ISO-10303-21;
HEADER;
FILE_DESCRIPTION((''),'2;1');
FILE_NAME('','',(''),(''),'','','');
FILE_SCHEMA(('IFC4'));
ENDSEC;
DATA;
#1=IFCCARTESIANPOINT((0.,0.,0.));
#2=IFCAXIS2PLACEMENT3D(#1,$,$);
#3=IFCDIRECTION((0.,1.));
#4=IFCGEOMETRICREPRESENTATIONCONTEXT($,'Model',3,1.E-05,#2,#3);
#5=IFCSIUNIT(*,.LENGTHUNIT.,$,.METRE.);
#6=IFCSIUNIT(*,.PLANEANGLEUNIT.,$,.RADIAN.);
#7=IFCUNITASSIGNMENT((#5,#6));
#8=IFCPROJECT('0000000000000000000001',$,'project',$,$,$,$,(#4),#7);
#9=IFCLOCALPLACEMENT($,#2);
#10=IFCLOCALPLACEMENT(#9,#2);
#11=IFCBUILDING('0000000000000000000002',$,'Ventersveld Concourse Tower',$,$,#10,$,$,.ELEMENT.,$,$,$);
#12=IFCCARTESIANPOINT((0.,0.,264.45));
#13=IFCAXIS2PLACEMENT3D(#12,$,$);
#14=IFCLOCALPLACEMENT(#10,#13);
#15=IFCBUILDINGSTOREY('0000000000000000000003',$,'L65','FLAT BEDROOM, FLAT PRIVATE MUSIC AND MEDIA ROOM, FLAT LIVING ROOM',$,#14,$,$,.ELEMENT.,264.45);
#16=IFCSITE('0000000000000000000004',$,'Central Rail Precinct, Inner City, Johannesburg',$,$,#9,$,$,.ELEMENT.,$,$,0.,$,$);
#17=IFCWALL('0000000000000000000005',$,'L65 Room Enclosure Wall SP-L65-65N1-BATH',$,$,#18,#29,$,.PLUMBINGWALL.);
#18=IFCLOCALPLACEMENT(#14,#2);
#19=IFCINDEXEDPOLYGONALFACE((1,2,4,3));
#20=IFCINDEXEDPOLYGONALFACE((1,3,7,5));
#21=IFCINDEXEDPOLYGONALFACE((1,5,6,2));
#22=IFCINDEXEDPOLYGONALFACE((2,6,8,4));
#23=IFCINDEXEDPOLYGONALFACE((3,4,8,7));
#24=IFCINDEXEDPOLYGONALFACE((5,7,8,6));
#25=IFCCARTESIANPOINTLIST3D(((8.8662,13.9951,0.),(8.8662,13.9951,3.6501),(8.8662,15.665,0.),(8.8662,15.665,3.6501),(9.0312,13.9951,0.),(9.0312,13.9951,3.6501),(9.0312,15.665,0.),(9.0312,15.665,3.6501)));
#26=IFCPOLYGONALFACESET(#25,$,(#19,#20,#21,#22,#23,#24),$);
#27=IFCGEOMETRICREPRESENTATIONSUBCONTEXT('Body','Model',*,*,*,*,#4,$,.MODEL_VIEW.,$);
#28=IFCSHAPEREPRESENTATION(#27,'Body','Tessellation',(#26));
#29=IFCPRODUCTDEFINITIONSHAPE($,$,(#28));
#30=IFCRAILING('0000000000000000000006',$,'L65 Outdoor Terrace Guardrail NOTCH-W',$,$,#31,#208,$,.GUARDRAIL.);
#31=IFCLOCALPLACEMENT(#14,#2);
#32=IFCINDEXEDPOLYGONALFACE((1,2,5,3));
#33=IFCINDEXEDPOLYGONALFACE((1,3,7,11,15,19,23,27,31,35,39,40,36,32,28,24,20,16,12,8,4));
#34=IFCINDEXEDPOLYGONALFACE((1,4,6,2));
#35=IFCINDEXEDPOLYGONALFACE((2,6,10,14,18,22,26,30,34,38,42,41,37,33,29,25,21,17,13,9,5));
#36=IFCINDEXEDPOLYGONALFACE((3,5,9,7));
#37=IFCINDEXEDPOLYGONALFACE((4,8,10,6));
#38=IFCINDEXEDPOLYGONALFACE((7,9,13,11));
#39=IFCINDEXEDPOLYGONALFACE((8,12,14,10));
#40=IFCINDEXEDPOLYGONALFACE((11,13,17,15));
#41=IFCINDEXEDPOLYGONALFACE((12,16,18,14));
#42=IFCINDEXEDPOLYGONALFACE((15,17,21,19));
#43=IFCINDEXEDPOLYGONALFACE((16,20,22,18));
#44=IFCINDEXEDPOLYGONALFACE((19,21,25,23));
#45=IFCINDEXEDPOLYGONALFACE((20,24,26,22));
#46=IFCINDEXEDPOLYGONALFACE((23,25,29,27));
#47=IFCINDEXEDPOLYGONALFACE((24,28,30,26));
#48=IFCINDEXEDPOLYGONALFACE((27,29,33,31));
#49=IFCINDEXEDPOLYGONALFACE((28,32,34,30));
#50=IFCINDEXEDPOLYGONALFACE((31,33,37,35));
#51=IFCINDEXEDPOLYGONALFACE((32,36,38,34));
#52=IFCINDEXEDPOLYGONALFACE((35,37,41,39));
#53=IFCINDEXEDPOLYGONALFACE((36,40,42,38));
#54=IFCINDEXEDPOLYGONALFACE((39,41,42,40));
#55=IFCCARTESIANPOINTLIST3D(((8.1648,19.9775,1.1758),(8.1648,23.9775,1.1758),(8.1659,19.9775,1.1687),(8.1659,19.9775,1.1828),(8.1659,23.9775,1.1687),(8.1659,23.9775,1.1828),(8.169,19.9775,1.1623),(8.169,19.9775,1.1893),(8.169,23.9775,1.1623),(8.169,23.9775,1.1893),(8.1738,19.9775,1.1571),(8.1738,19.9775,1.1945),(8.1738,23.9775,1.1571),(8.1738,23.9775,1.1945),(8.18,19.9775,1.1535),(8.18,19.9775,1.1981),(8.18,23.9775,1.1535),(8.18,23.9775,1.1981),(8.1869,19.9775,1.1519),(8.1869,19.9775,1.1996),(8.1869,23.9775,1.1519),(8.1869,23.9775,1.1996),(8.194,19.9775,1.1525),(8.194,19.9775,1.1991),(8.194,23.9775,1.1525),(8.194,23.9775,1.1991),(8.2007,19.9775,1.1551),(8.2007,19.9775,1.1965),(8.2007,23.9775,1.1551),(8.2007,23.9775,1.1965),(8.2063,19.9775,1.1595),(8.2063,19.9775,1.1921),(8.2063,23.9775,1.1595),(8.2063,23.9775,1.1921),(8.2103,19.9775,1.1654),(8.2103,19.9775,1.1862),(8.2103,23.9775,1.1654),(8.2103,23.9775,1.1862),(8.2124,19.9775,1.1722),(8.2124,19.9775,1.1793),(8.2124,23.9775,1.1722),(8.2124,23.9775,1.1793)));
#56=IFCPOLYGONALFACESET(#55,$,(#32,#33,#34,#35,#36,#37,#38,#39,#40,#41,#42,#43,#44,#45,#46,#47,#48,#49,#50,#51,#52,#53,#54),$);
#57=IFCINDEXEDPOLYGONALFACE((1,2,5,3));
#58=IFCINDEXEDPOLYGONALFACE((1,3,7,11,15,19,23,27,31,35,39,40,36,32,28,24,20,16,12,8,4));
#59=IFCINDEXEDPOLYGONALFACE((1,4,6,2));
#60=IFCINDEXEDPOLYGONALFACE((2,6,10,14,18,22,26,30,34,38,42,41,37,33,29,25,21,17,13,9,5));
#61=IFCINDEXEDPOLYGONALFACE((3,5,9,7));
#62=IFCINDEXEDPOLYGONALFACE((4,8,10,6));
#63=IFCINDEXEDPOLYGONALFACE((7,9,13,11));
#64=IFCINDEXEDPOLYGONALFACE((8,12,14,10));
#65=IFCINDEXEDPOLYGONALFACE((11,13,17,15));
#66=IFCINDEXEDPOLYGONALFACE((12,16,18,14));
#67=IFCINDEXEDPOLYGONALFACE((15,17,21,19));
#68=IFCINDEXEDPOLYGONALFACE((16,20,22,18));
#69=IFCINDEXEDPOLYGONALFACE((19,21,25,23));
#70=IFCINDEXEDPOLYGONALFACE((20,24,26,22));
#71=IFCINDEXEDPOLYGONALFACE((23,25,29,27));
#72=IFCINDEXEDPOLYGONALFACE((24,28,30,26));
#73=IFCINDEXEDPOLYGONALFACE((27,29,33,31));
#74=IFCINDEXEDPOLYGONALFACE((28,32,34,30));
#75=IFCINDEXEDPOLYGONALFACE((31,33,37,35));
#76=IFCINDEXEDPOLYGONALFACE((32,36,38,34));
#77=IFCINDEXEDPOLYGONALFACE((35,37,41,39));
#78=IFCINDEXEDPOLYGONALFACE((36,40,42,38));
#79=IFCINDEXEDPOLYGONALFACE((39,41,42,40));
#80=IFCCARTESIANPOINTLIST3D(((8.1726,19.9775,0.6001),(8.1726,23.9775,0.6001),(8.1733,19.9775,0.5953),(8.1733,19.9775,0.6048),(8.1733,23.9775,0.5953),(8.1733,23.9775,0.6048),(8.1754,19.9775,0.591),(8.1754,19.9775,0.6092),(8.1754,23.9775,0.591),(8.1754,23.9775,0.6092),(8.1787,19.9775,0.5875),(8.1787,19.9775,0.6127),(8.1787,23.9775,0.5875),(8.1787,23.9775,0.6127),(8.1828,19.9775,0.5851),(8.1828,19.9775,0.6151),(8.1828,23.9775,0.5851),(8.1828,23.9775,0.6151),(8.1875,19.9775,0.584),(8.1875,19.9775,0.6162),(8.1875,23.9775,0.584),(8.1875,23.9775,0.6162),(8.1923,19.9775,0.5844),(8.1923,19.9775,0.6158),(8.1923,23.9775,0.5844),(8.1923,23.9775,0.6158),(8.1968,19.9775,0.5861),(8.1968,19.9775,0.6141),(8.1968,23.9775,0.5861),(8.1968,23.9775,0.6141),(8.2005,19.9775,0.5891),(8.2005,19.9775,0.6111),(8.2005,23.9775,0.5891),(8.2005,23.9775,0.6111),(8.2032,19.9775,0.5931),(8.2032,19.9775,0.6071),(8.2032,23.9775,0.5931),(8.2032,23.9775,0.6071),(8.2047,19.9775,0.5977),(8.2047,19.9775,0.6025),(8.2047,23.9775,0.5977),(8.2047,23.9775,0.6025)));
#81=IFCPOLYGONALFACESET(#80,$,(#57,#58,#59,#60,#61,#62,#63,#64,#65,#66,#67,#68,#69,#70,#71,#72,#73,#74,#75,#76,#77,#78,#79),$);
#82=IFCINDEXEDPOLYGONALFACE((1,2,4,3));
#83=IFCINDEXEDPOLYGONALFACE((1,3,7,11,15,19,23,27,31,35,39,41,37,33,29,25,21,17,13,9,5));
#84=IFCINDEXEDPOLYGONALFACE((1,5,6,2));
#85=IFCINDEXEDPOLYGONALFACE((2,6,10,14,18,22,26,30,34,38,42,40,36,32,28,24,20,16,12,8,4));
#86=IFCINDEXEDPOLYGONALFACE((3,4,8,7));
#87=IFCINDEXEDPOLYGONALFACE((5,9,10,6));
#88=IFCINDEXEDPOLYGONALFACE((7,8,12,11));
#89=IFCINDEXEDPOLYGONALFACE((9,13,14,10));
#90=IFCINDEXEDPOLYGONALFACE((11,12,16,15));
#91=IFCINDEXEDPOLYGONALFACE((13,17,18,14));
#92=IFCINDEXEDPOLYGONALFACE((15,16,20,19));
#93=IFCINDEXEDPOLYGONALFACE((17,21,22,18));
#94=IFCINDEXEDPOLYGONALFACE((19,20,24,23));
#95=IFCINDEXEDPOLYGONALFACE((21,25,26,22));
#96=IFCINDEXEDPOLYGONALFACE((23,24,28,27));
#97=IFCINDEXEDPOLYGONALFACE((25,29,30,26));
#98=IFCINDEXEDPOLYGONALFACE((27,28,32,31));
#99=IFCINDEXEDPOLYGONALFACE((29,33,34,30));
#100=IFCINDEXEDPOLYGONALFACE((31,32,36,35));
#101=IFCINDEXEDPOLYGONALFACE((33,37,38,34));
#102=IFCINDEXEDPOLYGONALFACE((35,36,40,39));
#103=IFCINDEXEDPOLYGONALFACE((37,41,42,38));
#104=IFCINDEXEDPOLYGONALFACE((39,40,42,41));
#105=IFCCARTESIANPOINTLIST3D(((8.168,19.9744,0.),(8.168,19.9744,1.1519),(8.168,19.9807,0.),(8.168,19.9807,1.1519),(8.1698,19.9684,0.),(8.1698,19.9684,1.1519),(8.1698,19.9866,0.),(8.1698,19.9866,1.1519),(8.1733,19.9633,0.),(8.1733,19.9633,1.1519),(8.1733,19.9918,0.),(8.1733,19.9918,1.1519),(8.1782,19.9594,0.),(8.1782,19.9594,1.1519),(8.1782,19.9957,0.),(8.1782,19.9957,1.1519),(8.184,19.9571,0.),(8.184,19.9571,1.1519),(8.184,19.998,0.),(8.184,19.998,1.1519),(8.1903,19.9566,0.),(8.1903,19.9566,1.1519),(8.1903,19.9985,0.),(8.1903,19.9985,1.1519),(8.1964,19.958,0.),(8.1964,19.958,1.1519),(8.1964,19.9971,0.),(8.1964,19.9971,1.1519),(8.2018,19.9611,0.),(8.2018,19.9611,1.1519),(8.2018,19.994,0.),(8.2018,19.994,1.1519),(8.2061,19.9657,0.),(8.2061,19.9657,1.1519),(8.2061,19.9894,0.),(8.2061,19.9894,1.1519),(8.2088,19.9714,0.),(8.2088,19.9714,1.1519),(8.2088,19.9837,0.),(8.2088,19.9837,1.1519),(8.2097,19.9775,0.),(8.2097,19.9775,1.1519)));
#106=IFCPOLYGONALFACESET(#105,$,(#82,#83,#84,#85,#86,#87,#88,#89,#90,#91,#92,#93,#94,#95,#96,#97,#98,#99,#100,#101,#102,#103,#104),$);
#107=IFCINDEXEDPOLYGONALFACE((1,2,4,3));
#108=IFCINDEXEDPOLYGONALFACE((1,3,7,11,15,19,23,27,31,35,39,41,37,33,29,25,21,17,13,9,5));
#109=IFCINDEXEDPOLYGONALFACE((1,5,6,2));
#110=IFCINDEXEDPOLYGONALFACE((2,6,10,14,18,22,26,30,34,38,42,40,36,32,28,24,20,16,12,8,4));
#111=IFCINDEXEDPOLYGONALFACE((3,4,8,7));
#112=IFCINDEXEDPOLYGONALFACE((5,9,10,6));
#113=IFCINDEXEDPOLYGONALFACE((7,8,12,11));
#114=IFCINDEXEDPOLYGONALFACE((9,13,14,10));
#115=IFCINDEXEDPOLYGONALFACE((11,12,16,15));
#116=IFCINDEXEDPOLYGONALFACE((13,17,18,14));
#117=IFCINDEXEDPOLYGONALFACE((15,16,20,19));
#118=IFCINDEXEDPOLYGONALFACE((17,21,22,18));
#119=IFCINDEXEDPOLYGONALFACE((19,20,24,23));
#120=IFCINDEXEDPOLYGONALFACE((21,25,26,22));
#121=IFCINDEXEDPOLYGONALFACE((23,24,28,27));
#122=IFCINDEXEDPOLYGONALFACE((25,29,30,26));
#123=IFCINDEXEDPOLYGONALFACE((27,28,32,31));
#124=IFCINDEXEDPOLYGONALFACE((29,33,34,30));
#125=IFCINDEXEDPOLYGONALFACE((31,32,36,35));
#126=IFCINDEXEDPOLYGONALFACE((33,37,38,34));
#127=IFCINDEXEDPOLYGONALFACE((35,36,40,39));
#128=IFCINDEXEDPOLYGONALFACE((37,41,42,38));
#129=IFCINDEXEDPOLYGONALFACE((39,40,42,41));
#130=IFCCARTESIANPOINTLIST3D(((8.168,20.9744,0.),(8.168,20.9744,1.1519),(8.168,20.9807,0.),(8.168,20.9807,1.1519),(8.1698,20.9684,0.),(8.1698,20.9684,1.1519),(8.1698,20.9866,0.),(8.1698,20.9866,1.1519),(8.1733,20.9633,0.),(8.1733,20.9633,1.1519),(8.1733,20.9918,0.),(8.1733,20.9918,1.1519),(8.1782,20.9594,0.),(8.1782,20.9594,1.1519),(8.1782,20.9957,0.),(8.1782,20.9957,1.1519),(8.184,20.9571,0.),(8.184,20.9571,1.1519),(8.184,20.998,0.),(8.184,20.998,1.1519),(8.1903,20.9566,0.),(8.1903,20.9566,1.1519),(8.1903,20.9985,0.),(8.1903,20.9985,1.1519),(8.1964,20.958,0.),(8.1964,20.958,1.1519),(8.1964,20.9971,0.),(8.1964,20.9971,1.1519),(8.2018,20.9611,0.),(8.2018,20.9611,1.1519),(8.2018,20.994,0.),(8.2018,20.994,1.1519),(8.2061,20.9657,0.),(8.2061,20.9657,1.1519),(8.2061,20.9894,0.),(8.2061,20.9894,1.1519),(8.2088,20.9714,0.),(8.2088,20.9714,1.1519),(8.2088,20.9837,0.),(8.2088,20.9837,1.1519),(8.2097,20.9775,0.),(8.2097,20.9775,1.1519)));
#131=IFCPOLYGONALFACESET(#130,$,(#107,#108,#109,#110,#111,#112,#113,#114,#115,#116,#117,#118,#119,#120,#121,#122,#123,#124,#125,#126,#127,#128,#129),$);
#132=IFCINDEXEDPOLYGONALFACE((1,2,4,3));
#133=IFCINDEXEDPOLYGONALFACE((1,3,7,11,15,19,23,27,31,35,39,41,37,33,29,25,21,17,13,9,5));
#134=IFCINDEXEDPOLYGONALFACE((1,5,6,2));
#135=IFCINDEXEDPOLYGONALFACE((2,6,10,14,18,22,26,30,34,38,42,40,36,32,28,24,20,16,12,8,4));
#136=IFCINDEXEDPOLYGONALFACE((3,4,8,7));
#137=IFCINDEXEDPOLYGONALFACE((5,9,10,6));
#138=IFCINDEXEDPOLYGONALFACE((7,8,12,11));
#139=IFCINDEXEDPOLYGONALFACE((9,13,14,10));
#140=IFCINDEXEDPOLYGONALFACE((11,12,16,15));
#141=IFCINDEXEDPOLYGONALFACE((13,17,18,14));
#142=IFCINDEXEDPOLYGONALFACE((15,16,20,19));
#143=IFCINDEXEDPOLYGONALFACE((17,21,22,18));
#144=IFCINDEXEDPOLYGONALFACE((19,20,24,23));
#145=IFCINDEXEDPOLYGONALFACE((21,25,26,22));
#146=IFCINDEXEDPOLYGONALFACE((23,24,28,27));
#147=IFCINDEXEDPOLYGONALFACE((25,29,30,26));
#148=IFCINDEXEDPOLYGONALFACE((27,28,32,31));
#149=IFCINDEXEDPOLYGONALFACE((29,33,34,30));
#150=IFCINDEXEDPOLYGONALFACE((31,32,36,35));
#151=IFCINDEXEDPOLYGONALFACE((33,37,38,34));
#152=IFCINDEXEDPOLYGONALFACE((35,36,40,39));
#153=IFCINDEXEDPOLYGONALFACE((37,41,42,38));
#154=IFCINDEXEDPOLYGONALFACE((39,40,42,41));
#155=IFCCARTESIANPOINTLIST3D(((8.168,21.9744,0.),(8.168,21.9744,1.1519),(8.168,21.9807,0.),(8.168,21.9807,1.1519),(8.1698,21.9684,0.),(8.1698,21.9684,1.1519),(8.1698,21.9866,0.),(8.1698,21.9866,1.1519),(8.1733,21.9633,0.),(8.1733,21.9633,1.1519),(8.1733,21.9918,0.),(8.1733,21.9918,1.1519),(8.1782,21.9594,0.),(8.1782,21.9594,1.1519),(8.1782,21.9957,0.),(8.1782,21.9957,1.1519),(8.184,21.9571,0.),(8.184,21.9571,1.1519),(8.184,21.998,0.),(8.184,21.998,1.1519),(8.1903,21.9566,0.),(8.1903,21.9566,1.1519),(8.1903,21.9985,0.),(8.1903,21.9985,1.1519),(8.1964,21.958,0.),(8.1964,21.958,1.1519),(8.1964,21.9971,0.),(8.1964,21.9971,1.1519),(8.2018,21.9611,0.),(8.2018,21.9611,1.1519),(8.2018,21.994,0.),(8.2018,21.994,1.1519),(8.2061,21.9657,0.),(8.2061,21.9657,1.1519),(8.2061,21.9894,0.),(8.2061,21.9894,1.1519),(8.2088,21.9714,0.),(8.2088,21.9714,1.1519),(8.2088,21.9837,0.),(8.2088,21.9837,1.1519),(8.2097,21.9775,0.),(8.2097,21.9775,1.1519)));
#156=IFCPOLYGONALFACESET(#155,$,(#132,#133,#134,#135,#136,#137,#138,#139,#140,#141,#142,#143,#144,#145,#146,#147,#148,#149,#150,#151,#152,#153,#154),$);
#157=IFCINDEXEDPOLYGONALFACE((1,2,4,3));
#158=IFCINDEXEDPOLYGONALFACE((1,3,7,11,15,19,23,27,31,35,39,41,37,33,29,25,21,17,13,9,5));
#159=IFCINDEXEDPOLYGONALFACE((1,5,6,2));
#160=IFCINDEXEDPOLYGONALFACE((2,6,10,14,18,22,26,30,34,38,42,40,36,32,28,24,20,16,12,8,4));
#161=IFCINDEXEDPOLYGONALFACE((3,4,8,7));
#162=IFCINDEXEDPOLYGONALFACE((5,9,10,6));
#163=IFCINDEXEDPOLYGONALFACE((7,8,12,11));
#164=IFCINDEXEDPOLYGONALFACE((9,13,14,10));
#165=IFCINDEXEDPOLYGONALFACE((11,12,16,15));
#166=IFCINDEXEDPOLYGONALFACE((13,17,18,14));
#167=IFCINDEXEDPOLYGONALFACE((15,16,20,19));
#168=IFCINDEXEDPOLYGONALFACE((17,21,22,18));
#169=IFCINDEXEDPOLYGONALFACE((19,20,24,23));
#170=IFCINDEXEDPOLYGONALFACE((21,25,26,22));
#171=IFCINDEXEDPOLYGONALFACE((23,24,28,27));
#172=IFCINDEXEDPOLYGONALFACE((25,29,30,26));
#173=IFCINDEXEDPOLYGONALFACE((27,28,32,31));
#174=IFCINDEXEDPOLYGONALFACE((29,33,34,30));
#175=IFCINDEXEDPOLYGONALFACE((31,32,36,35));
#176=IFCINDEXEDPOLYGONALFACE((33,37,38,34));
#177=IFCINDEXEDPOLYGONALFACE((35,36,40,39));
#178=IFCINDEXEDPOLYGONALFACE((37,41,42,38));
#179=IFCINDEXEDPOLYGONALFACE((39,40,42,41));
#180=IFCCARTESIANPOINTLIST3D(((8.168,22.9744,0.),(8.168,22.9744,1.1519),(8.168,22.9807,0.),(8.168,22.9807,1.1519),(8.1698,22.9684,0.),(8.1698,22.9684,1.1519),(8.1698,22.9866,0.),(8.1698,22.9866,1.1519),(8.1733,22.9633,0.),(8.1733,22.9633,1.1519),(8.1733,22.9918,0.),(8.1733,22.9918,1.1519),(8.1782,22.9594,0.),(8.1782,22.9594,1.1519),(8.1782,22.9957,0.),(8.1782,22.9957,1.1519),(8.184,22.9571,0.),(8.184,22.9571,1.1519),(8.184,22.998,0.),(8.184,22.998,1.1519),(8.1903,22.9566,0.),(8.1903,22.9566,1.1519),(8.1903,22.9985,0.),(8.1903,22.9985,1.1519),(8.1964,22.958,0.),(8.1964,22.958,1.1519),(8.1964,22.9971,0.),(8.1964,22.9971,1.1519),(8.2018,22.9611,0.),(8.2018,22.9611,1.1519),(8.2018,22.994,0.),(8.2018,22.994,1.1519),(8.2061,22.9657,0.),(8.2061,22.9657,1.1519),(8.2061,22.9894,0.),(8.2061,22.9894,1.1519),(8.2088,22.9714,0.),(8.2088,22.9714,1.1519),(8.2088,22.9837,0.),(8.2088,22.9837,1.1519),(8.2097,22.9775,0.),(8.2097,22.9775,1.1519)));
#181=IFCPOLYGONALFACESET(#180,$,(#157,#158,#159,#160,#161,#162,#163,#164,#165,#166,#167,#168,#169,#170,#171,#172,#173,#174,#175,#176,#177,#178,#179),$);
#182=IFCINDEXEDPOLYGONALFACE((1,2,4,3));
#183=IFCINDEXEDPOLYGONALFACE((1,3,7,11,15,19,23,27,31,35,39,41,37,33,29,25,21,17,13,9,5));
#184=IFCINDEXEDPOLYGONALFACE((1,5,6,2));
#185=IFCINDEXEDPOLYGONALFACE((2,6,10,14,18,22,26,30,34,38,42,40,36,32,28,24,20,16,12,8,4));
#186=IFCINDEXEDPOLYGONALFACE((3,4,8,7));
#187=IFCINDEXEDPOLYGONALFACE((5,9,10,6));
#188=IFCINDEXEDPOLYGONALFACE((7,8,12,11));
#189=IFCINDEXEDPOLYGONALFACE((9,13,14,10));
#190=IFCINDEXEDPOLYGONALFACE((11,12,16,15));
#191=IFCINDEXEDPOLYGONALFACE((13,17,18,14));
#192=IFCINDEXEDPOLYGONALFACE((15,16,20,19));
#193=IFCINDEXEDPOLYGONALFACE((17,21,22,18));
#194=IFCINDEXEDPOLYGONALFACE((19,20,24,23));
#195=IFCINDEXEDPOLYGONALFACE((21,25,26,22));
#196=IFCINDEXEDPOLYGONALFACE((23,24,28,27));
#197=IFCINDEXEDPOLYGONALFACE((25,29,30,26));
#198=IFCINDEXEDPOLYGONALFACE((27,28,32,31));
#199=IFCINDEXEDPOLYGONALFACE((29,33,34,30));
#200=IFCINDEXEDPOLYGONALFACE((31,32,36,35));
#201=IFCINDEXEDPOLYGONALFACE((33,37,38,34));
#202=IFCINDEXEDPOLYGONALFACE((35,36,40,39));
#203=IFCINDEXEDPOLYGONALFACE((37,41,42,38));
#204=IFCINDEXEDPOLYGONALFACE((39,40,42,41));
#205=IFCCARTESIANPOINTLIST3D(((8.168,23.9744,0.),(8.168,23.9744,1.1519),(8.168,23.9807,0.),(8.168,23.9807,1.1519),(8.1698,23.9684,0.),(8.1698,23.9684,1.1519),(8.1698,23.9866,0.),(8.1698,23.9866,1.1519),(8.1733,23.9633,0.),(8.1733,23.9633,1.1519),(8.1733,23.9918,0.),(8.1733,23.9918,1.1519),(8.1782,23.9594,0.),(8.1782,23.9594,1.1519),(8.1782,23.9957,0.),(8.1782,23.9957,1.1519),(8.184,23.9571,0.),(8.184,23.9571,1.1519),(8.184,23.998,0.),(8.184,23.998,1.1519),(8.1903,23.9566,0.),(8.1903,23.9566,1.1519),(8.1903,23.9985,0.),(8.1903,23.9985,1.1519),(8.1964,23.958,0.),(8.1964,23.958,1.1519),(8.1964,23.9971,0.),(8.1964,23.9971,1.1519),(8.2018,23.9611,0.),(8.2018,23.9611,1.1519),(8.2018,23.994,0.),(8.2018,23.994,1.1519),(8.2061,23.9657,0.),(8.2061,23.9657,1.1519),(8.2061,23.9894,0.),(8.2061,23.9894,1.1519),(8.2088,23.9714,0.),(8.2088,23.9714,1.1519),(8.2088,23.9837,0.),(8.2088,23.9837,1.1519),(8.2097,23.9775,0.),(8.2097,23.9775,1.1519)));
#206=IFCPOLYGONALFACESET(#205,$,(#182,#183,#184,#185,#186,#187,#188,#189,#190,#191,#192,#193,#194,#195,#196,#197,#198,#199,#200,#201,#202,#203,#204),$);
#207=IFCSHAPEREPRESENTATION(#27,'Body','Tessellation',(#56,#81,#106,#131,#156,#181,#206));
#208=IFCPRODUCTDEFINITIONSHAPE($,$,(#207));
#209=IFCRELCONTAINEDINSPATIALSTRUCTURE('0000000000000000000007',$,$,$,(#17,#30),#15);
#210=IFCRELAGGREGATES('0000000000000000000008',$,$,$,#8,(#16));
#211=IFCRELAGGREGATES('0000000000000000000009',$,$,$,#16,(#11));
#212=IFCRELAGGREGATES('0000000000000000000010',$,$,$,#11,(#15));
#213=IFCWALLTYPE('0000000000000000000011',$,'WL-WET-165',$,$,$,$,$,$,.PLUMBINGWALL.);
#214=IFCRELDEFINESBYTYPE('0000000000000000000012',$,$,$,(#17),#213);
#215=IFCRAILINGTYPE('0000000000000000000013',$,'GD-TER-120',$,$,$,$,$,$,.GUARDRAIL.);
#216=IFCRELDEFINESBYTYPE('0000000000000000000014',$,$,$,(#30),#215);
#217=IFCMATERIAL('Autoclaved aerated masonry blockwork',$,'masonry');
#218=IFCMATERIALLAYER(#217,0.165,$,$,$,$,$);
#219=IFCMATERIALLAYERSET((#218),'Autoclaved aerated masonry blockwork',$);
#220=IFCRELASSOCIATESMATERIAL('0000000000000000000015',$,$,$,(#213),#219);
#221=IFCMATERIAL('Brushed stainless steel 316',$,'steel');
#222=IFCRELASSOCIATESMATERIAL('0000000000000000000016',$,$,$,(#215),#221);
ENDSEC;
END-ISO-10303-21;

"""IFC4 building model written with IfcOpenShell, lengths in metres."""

from ifc_helpers import new_model, si_unit, direction, frame, frame_2d, origin, origin_2d, place, context, subcontext, project, spatial, rectangle, circle, extrude, material, layer, layer_set, type_object, element, save


model = new_model("IFC4")

# Units and contexts
model_context = context("Model", 3, precision=1e-05, world=origin(), true_north=direction((0.0, 1.0)))
body_context = subcontext(model_context, "Body", "Model", "MODEL_VIEW")
ifc_project = project(units=[si_unit("LENGTHUNIT", "METRE"), si_unit("PLANEANGLEUNIT", "RADIAN")], contexts=[model_context])

# Site, building, storey
site_placement = place(None, origin())
site = spatial("IfcSite", under=ifc_project, at=site_placement, Name="Central Rail Precinct, Inner City, Johannesburg", CompositionType="ELEMENT", RefElevation=0.0)
building_placement = place(site_placement, origin())
building = spatial("IfcBuilding", under=site, at=building_placement, Name="Ventersveld Concourse Tower", CompositionType="ELEMENT")
storey_placement = place(building_placement, frame((0.0, 0.0, 264.45)))
storey = spatial("IfcBuildingStorey", under=building, at=storey_placement, Name="L65", Description="FLAT BEDROOM, FLAT PRIVATE MUSIC AND MEDIA ROOM, FLAT LIVING ROOM", CompositionType="ELEMENT", Elevation=264.45)

# Shared definitions
ifc_material_1 = material(Name="Autoclaved aerated masonry blockwork", Category="masonry")

# Shared definitions
ifc_layer_1 = layer(ifc_material_1, 0.165)
ifc_layer_set_1 = layer_set([ifc_layer_1], Name="Autoclaved aerated masonry blockwork")
wall_type_1 = type_object("IfcWallType", Name="WL-WET-165", PredefinedType="PLUMBINGWALL", material=ifc_layer_set_1)

# Wall
wall_1_placement = place(storey_placement, frame((8.9487, 13.9951, 0.0), z_axis=(0.0, 0.0, 1.0), x_axis=(0.0, 1.0, 0.0)))
element("IfcWall", 1, at=wall_1_placement, inside=storey, type_object=wall_type_1, Name="L65 Room Enclosure Wall SP-L65-65N1-BATH", PredefinedType="PLUMBINGWALL", context=body_context, shape_type="SweptSolid", body=[
    extrude(rectangle(XDim=1.6699, YDim=0.165, at=frame_2d((0.835, 0.0))), origin(), (0.0, 0.0, 1.0), 3.6501),
])

# Railing
ifc_material_2 = material(Name="Brushed stainless steel 316", Category="steel")
railing_type = type_object("IfcRailingType", Name="GD-TER-120", PredefinedType="GUARDRAIL", material=ifc_material_2)
railing_placement = place(storey_placement, frame((8.1887, 19.9775, 0.0)))
element("IfcRailing", 2, at=railing_placement, inside=storey, type_object=railing_type, Name="L65 Outdoor Terrace Guardrail NOTCH-W", PredefinedType="GUARDRAIL", context=body_context, shape_type="SweptSolid", body=[
    extrude(circle(Radius=0.0239, at=origin_2d()), frame((0.0, 0.0, 1.1758), z_axis=(0.0, 1.0, 0.0), x_axis=(-1.0, 0.0, 0.0)), (0.0, 0.0, 1.0), 4.0),
    extrude(circle(Radius=0.0161, at=origin_2d()), frame((0.0, 0.0, 0.6001), z_axis=(0.0, 1.0, 0.0), x_axis=(-1.0, 0.0, 0.0)), (0.0, 0.0, 1.0), 4.0),
    extrude(circle(Radius=0.021, at=origin_2d()), origin(), (0.0, 0.0, 1.0), 1.1519),
    extrude(circle(Radius=0.021, at=origin_2d()), frame((0.0, 1.0, 0.0)), (0.0, 0.0, 1.0), 1.1519),
    extrude(circle(Radius=0.021, at=origin_2d()), frame((0.0, 2.0, 0.0)), (0.0, 0.0, 1.0), 1.1519),
    extrude(circle(Radius=0.021, at=origin_2d()), frame((0.0, 3.0, 0.0)), (0.0, 0.0, 1.0), 1.1519),
    extrude(circle(Radius=0.021, at=origin_2d()), frame((0.0, 4.0, 0.0)), (0.0, 0.0, 1.0), 1.1519),
])

save(model, "model.ifc")
